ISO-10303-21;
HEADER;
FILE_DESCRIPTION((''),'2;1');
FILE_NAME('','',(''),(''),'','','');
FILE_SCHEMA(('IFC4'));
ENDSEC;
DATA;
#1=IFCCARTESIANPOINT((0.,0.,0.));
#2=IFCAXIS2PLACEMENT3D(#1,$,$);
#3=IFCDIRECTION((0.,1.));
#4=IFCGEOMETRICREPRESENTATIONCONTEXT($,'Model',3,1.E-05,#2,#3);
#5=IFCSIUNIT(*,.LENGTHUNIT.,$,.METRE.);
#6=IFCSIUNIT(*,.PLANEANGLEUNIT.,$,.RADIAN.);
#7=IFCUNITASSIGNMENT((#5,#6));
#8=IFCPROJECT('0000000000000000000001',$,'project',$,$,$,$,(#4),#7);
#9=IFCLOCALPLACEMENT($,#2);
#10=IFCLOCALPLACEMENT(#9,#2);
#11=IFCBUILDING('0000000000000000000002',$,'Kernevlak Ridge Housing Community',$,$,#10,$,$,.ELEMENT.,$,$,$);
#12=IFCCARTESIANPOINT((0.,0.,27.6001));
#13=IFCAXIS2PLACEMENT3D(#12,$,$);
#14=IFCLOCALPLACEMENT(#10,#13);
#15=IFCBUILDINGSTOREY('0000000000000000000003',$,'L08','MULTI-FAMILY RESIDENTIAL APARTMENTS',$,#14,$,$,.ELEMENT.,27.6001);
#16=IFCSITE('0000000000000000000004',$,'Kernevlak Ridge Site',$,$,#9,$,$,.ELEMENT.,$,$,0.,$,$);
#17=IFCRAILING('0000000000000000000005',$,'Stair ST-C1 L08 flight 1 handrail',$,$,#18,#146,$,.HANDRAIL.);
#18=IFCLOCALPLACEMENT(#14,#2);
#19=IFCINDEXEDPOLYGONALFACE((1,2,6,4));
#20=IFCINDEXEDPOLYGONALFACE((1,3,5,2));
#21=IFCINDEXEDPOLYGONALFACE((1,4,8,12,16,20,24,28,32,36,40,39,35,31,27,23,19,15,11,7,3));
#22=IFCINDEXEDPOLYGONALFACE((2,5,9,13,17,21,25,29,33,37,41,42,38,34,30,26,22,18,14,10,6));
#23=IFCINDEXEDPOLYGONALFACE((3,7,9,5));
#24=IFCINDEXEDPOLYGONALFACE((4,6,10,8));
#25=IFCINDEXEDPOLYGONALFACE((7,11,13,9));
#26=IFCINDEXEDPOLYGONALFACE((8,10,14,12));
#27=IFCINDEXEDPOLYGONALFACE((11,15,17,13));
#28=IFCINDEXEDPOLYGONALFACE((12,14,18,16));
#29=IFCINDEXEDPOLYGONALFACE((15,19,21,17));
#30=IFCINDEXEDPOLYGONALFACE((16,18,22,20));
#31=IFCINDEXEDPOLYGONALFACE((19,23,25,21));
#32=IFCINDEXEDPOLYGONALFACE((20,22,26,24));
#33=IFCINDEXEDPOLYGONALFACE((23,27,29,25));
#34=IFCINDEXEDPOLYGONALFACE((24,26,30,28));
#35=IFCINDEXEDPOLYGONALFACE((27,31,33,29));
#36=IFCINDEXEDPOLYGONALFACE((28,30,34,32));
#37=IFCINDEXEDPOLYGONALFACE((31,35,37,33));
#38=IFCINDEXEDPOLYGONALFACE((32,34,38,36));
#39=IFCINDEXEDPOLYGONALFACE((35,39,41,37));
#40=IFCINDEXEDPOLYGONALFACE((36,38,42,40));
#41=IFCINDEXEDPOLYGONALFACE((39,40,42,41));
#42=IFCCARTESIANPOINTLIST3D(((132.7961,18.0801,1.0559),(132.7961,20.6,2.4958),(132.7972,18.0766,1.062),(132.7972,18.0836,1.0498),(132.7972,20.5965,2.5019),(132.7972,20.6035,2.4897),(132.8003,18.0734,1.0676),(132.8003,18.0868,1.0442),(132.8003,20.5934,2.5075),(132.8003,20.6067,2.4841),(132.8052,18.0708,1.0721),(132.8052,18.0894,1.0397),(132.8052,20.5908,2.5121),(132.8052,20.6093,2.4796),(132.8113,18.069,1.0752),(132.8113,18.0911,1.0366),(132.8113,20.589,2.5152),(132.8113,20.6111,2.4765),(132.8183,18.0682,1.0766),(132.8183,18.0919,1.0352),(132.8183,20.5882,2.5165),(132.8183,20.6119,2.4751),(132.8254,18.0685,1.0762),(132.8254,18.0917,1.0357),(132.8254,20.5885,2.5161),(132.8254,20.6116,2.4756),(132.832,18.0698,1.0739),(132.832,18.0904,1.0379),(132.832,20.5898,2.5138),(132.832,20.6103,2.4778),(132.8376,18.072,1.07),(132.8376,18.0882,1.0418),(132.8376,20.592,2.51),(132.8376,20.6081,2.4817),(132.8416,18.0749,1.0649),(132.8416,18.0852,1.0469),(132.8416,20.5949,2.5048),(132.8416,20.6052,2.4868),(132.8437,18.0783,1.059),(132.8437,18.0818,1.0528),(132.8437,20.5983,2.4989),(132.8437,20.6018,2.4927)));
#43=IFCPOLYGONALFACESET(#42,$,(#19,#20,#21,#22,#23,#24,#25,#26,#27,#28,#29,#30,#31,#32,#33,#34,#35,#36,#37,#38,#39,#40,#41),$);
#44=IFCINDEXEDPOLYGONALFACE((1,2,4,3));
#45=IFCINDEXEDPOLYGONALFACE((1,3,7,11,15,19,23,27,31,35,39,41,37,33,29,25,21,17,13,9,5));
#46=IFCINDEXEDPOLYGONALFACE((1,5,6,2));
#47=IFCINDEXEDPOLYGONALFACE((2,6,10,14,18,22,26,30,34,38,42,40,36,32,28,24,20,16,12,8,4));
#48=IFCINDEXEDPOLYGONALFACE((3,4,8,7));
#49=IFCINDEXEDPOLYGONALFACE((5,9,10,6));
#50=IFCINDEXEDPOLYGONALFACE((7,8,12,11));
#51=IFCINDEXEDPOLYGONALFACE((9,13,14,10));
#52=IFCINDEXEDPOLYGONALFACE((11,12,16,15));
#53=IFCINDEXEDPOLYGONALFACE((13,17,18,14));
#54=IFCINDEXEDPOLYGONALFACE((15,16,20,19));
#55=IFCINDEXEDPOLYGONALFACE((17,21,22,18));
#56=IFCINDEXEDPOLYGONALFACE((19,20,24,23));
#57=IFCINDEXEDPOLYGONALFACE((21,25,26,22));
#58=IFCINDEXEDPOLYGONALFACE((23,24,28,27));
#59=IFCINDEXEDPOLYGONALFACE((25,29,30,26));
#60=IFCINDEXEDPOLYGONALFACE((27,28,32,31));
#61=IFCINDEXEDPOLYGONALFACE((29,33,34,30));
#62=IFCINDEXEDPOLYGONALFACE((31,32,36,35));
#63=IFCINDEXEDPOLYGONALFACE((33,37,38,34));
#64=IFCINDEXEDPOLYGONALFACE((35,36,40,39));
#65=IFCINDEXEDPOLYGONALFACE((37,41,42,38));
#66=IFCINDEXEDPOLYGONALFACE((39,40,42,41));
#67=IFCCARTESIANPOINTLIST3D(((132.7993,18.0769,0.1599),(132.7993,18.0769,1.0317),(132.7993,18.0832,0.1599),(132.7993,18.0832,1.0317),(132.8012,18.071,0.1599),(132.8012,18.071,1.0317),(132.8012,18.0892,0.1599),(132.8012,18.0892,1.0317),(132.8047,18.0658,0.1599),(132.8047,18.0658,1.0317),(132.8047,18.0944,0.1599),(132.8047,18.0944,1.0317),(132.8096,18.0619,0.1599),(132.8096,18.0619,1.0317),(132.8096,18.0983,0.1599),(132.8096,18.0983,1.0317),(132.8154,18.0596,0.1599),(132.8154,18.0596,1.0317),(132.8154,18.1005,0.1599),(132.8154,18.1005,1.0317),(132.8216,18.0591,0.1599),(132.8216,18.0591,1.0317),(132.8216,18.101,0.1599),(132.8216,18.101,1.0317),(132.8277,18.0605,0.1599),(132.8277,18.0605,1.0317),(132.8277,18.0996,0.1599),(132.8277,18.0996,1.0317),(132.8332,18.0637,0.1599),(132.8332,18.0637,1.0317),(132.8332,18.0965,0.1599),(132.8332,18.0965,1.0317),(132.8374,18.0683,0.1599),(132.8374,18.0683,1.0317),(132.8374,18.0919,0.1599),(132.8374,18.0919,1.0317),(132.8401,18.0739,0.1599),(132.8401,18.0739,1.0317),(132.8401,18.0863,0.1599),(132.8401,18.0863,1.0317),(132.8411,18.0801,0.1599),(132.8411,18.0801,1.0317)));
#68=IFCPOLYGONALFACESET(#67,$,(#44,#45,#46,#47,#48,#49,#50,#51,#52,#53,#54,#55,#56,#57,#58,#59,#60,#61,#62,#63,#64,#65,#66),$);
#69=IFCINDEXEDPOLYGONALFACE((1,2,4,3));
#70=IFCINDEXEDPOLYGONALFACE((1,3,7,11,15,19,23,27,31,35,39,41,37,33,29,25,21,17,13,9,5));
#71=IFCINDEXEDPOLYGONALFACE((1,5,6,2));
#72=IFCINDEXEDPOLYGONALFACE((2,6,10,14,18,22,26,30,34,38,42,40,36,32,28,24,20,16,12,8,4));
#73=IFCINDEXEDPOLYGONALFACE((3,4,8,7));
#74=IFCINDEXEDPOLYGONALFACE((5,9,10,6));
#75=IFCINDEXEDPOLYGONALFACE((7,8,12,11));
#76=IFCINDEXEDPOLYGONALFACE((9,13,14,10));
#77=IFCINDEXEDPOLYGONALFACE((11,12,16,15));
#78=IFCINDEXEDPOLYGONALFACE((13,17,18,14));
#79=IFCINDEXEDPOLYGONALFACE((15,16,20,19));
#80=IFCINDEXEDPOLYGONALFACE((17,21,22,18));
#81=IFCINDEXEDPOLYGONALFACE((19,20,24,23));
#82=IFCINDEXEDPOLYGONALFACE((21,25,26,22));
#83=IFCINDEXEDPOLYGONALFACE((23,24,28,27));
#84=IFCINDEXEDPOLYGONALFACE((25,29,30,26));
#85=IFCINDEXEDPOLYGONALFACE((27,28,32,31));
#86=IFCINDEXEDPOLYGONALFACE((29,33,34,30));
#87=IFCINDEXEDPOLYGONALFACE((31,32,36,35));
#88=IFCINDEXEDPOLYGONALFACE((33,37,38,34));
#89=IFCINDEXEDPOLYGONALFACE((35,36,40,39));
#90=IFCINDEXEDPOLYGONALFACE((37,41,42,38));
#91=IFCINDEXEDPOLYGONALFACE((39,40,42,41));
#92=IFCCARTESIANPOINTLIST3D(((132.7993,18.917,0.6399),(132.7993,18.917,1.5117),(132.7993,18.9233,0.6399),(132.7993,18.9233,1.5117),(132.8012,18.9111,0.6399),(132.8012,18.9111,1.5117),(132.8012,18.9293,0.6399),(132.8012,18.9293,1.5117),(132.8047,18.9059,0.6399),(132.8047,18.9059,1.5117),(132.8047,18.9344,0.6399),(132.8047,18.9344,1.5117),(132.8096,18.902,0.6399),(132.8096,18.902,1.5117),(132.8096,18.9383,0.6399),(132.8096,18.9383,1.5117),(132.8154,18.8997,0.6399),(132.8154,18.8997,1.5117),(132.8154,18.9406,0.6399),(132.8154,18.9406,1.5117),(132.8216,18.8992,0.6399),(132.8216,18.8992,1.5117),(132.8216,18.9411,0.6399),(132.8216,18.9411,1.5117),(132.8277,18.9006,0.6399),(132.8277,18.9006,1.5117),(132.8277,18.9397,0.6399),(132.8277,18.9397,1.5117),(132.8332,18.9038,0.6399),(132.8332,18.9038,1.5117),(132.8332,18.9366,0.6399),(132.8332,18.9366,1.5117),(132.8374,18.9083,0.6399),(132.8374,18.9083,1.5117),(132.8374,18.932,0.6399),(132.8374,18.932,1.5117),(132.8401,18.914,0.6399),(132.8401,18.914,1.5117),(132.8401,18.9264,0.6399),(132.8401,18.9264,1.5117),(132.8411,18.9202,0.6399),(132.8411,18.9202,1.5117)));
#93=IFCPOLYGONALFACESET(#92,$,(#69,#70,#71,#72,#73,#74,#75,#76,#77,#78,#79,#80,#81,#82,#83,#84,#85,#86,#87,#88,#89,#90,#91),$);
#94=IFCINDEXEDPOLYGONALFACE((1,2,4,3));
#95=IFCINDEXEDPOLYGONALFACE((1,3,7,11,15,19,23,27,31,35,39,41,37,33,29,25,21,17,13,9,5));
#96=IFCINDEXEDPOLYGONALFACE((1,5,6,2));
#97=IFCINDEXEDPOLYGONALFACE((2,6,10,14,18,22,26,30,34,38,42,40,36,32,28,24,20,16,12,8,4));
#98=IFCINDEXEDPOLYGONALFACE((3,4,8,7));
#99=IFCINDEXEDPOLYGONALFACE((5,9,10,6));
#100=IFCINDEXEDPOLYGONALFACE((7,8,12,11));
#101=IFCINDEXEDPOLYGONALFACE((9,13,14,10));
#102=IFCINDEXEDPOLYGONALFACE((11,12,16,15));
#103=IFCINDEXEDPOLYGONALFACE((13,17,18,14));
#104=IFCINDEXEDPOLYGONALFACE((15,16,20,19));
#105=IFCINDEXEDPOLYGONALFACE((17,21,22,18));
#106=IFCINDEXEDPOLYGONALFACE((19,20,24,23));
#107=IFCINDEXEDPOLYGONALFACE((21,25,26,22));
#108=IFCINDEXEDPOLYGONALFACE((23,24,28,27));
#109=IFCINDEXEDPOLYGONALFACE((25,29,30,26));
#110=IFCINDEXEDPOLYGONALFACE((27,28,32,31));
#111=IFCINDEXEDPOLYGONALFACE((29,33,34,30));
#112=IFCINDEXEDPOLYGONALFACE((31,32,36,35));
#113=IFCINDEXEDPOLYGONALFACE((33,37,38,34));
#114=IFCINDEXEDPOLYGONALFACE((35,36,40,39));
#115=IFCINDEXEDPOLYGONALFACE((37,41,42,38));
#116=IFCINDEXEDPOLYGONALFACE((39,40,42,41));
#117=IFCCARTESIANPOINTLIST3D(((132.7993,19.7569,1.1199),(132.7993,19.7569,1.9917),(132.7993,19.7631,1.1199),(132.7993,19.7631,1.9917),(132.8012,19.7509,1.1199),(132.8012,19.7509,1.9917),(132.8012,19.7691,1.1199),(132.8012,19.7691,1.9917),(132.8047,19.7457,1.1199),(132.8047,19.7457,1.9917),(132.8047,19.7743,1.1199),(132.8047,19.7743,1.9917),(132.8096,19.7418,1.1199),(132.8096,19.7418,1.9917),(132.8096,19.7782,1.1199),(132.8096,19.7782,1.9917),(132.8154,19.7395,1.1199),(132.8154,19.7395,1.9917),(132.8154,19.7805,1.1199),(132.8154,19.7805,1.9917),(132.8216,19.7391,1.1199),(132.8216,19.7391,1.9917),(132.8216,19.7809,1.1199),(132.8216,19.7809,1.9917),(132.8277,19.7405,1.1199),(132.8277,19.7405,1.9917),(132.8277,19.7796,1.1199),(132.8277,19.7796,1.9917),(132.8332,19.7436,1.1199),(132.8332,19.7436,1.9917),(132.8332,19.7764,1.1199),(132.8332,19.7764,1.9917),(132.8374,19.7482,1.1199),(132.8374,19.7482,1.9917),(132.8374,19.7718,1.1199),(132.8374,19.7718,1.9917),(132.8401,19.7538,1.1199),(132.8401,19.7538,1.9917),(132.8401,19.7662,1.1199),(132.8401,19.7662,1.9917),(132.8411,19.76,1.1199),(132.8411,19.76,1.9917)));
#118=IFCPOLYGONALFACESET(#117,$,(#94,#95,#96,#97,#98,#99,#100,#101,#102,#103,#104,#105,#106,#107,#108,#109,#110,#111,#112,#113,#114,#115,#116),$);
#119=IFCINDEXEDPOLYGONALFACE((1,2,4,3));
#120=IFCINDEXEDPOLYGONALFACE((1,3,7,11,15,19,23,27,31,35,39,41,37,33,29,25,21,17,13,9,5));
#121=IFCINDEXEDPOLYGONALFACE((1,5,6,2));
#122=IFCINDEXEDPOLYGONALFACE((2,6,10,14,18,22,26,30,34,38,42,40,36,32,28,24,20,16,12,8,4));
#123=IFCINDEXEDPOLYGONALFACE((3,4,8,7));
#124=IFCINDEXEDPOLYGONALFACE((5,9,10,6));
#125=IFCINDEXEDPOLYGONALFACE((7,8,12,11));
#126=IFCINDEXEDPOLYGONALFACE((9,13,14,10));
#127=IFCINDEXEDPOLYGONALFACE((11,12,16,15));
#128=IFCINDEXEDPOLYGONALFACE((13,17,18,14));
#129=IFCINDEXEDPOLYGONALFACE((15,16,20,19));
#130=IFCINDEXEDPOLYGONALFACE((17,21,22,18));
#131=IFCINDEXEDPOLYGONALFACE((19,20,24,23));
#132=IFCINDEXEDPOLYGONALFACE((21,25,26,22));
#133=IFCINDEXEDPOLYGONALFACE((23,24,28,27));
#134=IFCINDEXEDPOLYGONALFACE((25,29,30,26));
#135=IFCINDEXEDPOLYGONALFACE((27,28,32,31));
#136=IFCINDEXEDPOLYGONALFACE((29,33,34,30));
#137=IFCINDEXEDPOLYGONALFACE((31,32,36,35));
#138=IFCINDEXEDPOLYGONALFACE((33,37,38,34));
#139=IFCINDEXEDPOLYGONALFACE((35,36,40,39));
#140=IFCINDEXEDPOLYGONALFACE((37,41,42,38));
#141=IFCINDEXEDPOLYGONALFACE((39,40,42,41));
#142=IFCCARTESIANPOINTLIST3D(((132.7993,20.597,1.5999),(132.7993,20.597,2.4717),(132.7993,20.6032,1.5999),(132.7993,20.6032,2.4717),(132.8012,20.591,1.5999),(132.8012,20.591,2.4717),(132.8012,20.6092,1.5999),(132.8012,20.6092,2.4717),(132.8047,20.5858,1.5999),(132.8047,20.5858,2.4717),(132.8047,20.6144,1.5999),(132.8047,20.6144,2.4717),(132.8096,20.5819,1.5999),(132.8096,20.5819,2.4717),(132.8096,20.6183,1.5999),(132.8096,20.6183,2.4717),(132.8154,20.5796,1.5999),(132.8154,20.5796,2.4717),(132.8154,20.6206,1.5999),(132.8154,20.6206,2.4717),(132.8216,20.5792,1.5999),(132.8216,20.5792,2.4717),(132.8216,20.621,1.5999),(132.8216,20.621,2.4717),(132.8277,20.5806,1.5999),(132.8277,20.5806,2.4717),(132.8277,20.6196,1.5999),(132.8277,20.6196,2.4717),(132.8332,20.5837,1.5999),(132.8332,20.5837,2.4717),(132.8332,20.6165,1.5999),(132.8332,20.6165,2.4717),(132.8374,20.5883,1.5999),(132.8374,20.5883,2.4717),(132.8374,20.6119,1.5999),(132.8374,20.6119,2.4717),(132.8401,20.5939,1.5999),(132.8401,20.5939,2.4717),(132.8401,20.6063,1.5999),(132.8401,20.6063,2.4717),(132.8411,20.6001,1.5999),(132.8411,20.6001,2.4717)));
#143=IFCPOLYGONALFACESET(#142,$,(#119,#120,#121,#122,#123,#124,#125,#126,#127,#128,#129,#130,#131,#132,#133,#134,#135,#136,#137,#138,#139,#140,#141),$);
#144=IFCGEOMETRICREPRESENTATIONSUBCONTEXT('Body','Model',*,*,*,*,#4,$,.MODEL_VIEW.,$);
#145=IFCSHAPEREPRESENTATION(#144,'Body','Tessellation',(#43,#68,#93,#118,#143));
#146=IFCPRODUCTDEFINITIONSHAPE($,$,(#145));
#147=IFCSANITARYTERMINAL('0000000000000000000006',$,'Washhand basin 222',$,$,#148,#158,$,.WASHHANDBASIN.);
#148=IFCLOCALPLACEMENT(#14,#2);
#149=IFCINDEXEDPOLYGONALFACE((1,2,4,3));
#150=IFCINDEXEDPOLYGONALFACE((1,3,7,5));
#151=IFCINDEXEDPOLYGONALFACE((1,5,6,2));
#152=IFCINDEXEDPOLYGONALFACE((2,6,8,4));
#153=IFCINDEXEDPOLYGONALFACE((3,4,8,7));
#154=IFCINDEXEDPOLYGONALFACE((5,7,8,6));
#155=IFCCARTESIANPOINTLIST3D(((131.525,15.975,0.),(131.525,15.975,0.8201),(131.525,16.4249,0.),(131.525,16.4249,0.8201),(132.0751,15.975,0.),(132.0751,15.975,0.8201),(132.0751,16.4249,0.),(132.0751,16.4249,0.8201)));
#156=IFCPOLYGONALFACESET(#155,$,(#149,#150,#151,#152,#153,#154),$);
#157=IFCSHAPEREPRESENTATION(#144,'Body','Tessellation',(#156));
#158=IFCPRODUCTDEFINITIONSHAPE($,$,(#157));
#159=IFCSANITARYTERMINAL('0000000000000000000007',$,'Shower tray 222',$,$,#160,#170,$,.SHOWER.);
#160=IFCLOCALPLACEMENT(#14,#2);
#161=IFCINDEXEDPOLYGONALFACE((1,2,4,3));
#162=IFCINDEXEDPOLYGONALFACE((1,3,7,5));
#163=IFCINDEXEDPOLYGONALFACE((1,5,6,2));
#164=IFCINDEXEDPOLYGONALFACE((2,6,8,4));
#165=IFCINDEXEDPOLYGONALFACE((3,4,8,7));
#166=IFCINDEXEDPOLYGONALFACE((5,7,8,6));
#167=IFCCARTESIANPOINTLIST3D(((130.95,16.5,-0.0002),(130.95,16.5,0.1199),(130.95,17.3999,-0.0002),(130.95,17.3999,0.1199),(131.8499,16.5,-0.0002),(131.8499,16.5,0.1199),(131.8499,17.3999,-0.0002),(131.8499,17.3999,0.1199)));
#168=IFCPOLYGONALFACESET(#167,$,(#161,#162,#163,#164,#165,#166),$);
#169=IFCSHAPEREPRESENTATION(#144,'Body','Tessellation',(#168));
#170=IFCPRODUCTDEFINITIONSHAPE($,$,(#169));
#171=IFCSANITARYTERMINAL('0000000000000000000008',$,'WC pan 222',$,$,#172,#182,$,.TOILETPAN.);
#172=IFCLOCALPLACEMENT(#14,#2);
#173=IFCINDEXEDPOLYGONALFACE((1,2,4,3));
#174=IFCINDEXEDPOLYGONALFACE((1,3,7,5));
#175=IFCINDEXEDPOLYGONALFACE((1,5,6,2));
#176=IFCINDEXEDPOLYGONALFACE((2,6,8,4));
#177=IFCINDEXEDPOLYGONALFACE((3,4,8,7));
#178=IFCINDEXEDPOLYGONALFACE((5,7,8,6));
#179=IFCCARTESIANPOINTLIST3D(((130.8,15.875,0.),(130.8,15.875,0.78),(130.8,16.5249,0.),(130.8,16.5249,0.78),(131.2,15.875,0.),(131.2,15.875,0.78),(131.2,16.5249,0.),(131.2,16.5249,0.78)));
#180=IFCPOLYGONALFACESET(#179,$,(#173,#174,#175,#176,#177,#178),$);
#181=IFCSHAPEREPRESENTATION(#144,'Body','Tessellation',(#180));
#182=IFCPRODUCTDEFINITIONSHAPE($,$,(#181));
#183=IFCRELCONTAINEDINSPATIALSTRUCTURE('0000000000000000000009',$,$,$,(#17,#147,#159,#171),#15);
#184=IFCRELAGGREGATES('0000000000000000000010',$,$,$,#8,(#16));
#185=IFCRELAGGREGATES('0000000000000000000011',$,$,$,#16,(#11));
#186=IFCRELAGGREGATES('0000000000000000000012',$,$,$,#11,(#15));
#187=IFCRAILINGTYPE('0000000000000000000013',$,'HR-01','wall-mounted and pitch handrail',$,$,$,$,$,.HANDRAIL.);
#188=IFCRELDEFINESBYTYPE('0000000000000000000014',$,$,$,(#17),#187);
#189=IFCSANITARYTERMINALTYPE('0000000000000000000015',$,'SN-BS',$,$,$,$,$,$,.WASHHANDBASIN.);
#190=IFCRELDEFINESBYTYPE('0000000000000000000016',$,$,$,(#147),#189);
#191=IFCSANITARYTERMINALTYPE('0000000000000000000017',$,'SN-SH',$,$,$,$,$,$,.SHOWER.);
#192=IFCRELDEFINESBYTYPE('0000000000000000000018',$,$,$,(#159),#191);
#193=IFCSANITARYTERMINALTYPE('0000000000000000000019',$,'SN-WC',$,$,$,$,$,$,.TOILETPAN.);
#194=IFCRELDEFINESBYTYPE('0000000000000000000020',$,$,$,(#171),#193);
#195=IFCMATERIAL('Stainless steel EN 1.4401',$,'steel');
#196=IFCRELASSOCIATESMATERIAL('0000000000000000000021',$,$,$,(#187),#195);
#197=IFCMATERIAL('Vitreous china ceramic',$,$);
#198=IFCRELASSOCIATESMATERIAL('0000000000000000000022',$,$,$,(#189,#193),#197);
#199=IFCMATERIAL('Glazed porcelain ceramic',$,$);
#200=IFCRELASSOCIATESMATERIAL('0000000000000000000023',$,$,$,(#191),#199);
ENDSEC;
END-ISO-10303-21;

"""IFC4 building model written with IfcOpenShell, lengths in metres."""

from ifc_helpers import new_model, si_unit, direction, frame, origin, origin_2d, place, context, subcontext, project, spatial, rectangle, circle, extrude, material, type_object, element, save


model = new_model("IFC4")

# Units and contexts
model_context = context("Model", 3, precision=1e-05, world=origin(), true_north=direction((0.0, 1.0)))
body_context = subcontext(model_context, "Body", "Model", "MODEL_VIEW")
ifc_project = project(units=[si_unit("LENGTHUNIT", "METRE"), si_unit("PLANEANGLEUNIT", "RADIAN")], contexts=[model_context])

# Site, building, storey
site_placement = place(None, origin())
site = spatial("IfcSite", under=ifc_project, at=site_placement, Name="Kernevlak Ridge Site", CompositionType="ELEMENT", RefElevation=0.0)
building_placement = place(site_placement, origin())
building = spatial("IfcBuilding", under=site, at=building_placement, Name="Kernevlak Ridge Housing Community", CompositionType="ELEMENT")
storey_placement = place(building_placement, frame((0.0, 0.0, 27.6001)))
storey = spatial("IfcBuildingStorey", under=building, at=storey_placement, Name="L08", Description="MULTI-FAMILY RESIDENTIAL APARTMENTS", CompositionType="ELEMENT", Elevation=27.6001)

# Railing
ifc_material_1 = material(Name="Stainless steel EN 1.4401", Category="steel")
railing_type = type_object("IfcRailingType", Name="HR-01", Description="wall-mounted and pitch handrail", PredefinedType="HANDRAIL", material=ifc_material_1)
railing_placement = place(storey_placement, frame((132.8201, 18.0801, 0.1599)))
element("IfcRailing", 1, at=railing_placement, inside=storey, type_object=railing_type, Name="Stair ST-C1 L08 flight 1 handrail", PredefinedType="HANDRAIL", context=body_context, shape_type="SweptSolid", body=[
    extrude(circle(Radius=0.0239, at=origin_2d()), frame((0.0, 0.0, 0.896), z_axis=(0.0, 0.868253, 0.496121), x_axis=(-1.0, 0.0, 0.0)), (0.0, 0.0, 1.0), 2.9023),
    extrude(circle(Radius=0.021, at=origin_2d()), origin(), (0.0, 0.0, 1.0), 0.8718),
    extrude(circle(Radius=0.021, at=origin_2d()), frame((0.0, 0.8401, 0.48)), (0.0, 0.0, 1.0), 0.8718),
    extrude(circle(Radius=0.021, at=origin_2d()), frame((0.0, 1.6799, 0.96)), (0.0, 0.0, 1.0), 0.8718),
    extrude(circle(Radius=0.021, at=origin_2d()), frame((0.0, 2.52, 1.4399)), (0.0, 0.0, 1.0), 0.8718),
])

# Sanitary terminals
ifc_material_2 = material(Name="Vitreous china ceramic")
sanitary_terminal_type_1 = type_object("IfcSanitaryTerminalType", Name="SN-BS", PredefinedType="WASHHANDBASIN", material=ifc_material_2)
sanitary_terminal_1_placement = place(storey_placement, frame((131.8, 16.2, 0.0), z_axis=(0.0, 0.0, 1.0), x_axis=(1.0, 0.0, 0.0)))
element("IfcSanitaryTerminal", 2, at=sanitary_terminal_1_placement, inside=storey, type_object=sanitary_terminal_type_1, Name="Washhand basin 222", PredefinedType="WASHHANDBASIN", context=body_context, shape_type="SweptSolid", body=[
    extrude(rectangle(XDim=0.55, YDim=0.45, at=origin_2d()), origin(), (0.0, 0.0, 1.0), 0.8201),
])
ifc_material_3 = material(Name="Glazed porcelain ceramic")
sanitary_terminal_type_2 = type_object("IfcSanitaryTerminalType", Name="SN-SH", PredefinedType="SHOWER", material=ifc_material_3)
sanitary_terminal_2_placement = place(storey_placement, frame((131.3999, 16.95, -0.0002), z_axis=(0.0, 0.0, 1.0), x_axis=(1.0, 0.0, 0.0)))
element("IfcSanitaryTerminal", 3, at=sanitary_terminal_2_placement, inside=storey, type_object=sanitary_terminal_type_2, Name="Shower tray 222", PredefinedType="SHOWER", context=body_context, shape_type="SweptSolid", body=[
    extrude(rectangle(XDim=0.8999, YDim=0.8999, at=origin_2d()), origin(), (0.0, 0.0, 1.0), 0.1201),
])
sanitary_terminal_type_3 = type_object("IfcSanitaryTerminalType", Name="SN-WC", PredefinedType="TOILETPAN", material=ifc_material_2)
sanitary_terminal_3_placement = place(storey_placement, frame((131.0, 16.2, 0.0), z_axis=(0.0, 0.0, 1.0), x_axis=(1.0, 0.0, 0.0)))
element("IfcSanitaryTerminal", 4, at=sanitary_terminal_3_placement, inside=storey, type_object=sanitary_terminal_type_3, Name="WC pan 222", PredefinedType="TOILETPAN", context=body_context, shape_type="SweptSolid", body=[
    extrude(rectangle(XDim=0.3999, YDim=0.6499, at=origin_2d()), origin(), (0.0, 0.0, 1.0), 0.78),
])

save(model, "model.ifc")
